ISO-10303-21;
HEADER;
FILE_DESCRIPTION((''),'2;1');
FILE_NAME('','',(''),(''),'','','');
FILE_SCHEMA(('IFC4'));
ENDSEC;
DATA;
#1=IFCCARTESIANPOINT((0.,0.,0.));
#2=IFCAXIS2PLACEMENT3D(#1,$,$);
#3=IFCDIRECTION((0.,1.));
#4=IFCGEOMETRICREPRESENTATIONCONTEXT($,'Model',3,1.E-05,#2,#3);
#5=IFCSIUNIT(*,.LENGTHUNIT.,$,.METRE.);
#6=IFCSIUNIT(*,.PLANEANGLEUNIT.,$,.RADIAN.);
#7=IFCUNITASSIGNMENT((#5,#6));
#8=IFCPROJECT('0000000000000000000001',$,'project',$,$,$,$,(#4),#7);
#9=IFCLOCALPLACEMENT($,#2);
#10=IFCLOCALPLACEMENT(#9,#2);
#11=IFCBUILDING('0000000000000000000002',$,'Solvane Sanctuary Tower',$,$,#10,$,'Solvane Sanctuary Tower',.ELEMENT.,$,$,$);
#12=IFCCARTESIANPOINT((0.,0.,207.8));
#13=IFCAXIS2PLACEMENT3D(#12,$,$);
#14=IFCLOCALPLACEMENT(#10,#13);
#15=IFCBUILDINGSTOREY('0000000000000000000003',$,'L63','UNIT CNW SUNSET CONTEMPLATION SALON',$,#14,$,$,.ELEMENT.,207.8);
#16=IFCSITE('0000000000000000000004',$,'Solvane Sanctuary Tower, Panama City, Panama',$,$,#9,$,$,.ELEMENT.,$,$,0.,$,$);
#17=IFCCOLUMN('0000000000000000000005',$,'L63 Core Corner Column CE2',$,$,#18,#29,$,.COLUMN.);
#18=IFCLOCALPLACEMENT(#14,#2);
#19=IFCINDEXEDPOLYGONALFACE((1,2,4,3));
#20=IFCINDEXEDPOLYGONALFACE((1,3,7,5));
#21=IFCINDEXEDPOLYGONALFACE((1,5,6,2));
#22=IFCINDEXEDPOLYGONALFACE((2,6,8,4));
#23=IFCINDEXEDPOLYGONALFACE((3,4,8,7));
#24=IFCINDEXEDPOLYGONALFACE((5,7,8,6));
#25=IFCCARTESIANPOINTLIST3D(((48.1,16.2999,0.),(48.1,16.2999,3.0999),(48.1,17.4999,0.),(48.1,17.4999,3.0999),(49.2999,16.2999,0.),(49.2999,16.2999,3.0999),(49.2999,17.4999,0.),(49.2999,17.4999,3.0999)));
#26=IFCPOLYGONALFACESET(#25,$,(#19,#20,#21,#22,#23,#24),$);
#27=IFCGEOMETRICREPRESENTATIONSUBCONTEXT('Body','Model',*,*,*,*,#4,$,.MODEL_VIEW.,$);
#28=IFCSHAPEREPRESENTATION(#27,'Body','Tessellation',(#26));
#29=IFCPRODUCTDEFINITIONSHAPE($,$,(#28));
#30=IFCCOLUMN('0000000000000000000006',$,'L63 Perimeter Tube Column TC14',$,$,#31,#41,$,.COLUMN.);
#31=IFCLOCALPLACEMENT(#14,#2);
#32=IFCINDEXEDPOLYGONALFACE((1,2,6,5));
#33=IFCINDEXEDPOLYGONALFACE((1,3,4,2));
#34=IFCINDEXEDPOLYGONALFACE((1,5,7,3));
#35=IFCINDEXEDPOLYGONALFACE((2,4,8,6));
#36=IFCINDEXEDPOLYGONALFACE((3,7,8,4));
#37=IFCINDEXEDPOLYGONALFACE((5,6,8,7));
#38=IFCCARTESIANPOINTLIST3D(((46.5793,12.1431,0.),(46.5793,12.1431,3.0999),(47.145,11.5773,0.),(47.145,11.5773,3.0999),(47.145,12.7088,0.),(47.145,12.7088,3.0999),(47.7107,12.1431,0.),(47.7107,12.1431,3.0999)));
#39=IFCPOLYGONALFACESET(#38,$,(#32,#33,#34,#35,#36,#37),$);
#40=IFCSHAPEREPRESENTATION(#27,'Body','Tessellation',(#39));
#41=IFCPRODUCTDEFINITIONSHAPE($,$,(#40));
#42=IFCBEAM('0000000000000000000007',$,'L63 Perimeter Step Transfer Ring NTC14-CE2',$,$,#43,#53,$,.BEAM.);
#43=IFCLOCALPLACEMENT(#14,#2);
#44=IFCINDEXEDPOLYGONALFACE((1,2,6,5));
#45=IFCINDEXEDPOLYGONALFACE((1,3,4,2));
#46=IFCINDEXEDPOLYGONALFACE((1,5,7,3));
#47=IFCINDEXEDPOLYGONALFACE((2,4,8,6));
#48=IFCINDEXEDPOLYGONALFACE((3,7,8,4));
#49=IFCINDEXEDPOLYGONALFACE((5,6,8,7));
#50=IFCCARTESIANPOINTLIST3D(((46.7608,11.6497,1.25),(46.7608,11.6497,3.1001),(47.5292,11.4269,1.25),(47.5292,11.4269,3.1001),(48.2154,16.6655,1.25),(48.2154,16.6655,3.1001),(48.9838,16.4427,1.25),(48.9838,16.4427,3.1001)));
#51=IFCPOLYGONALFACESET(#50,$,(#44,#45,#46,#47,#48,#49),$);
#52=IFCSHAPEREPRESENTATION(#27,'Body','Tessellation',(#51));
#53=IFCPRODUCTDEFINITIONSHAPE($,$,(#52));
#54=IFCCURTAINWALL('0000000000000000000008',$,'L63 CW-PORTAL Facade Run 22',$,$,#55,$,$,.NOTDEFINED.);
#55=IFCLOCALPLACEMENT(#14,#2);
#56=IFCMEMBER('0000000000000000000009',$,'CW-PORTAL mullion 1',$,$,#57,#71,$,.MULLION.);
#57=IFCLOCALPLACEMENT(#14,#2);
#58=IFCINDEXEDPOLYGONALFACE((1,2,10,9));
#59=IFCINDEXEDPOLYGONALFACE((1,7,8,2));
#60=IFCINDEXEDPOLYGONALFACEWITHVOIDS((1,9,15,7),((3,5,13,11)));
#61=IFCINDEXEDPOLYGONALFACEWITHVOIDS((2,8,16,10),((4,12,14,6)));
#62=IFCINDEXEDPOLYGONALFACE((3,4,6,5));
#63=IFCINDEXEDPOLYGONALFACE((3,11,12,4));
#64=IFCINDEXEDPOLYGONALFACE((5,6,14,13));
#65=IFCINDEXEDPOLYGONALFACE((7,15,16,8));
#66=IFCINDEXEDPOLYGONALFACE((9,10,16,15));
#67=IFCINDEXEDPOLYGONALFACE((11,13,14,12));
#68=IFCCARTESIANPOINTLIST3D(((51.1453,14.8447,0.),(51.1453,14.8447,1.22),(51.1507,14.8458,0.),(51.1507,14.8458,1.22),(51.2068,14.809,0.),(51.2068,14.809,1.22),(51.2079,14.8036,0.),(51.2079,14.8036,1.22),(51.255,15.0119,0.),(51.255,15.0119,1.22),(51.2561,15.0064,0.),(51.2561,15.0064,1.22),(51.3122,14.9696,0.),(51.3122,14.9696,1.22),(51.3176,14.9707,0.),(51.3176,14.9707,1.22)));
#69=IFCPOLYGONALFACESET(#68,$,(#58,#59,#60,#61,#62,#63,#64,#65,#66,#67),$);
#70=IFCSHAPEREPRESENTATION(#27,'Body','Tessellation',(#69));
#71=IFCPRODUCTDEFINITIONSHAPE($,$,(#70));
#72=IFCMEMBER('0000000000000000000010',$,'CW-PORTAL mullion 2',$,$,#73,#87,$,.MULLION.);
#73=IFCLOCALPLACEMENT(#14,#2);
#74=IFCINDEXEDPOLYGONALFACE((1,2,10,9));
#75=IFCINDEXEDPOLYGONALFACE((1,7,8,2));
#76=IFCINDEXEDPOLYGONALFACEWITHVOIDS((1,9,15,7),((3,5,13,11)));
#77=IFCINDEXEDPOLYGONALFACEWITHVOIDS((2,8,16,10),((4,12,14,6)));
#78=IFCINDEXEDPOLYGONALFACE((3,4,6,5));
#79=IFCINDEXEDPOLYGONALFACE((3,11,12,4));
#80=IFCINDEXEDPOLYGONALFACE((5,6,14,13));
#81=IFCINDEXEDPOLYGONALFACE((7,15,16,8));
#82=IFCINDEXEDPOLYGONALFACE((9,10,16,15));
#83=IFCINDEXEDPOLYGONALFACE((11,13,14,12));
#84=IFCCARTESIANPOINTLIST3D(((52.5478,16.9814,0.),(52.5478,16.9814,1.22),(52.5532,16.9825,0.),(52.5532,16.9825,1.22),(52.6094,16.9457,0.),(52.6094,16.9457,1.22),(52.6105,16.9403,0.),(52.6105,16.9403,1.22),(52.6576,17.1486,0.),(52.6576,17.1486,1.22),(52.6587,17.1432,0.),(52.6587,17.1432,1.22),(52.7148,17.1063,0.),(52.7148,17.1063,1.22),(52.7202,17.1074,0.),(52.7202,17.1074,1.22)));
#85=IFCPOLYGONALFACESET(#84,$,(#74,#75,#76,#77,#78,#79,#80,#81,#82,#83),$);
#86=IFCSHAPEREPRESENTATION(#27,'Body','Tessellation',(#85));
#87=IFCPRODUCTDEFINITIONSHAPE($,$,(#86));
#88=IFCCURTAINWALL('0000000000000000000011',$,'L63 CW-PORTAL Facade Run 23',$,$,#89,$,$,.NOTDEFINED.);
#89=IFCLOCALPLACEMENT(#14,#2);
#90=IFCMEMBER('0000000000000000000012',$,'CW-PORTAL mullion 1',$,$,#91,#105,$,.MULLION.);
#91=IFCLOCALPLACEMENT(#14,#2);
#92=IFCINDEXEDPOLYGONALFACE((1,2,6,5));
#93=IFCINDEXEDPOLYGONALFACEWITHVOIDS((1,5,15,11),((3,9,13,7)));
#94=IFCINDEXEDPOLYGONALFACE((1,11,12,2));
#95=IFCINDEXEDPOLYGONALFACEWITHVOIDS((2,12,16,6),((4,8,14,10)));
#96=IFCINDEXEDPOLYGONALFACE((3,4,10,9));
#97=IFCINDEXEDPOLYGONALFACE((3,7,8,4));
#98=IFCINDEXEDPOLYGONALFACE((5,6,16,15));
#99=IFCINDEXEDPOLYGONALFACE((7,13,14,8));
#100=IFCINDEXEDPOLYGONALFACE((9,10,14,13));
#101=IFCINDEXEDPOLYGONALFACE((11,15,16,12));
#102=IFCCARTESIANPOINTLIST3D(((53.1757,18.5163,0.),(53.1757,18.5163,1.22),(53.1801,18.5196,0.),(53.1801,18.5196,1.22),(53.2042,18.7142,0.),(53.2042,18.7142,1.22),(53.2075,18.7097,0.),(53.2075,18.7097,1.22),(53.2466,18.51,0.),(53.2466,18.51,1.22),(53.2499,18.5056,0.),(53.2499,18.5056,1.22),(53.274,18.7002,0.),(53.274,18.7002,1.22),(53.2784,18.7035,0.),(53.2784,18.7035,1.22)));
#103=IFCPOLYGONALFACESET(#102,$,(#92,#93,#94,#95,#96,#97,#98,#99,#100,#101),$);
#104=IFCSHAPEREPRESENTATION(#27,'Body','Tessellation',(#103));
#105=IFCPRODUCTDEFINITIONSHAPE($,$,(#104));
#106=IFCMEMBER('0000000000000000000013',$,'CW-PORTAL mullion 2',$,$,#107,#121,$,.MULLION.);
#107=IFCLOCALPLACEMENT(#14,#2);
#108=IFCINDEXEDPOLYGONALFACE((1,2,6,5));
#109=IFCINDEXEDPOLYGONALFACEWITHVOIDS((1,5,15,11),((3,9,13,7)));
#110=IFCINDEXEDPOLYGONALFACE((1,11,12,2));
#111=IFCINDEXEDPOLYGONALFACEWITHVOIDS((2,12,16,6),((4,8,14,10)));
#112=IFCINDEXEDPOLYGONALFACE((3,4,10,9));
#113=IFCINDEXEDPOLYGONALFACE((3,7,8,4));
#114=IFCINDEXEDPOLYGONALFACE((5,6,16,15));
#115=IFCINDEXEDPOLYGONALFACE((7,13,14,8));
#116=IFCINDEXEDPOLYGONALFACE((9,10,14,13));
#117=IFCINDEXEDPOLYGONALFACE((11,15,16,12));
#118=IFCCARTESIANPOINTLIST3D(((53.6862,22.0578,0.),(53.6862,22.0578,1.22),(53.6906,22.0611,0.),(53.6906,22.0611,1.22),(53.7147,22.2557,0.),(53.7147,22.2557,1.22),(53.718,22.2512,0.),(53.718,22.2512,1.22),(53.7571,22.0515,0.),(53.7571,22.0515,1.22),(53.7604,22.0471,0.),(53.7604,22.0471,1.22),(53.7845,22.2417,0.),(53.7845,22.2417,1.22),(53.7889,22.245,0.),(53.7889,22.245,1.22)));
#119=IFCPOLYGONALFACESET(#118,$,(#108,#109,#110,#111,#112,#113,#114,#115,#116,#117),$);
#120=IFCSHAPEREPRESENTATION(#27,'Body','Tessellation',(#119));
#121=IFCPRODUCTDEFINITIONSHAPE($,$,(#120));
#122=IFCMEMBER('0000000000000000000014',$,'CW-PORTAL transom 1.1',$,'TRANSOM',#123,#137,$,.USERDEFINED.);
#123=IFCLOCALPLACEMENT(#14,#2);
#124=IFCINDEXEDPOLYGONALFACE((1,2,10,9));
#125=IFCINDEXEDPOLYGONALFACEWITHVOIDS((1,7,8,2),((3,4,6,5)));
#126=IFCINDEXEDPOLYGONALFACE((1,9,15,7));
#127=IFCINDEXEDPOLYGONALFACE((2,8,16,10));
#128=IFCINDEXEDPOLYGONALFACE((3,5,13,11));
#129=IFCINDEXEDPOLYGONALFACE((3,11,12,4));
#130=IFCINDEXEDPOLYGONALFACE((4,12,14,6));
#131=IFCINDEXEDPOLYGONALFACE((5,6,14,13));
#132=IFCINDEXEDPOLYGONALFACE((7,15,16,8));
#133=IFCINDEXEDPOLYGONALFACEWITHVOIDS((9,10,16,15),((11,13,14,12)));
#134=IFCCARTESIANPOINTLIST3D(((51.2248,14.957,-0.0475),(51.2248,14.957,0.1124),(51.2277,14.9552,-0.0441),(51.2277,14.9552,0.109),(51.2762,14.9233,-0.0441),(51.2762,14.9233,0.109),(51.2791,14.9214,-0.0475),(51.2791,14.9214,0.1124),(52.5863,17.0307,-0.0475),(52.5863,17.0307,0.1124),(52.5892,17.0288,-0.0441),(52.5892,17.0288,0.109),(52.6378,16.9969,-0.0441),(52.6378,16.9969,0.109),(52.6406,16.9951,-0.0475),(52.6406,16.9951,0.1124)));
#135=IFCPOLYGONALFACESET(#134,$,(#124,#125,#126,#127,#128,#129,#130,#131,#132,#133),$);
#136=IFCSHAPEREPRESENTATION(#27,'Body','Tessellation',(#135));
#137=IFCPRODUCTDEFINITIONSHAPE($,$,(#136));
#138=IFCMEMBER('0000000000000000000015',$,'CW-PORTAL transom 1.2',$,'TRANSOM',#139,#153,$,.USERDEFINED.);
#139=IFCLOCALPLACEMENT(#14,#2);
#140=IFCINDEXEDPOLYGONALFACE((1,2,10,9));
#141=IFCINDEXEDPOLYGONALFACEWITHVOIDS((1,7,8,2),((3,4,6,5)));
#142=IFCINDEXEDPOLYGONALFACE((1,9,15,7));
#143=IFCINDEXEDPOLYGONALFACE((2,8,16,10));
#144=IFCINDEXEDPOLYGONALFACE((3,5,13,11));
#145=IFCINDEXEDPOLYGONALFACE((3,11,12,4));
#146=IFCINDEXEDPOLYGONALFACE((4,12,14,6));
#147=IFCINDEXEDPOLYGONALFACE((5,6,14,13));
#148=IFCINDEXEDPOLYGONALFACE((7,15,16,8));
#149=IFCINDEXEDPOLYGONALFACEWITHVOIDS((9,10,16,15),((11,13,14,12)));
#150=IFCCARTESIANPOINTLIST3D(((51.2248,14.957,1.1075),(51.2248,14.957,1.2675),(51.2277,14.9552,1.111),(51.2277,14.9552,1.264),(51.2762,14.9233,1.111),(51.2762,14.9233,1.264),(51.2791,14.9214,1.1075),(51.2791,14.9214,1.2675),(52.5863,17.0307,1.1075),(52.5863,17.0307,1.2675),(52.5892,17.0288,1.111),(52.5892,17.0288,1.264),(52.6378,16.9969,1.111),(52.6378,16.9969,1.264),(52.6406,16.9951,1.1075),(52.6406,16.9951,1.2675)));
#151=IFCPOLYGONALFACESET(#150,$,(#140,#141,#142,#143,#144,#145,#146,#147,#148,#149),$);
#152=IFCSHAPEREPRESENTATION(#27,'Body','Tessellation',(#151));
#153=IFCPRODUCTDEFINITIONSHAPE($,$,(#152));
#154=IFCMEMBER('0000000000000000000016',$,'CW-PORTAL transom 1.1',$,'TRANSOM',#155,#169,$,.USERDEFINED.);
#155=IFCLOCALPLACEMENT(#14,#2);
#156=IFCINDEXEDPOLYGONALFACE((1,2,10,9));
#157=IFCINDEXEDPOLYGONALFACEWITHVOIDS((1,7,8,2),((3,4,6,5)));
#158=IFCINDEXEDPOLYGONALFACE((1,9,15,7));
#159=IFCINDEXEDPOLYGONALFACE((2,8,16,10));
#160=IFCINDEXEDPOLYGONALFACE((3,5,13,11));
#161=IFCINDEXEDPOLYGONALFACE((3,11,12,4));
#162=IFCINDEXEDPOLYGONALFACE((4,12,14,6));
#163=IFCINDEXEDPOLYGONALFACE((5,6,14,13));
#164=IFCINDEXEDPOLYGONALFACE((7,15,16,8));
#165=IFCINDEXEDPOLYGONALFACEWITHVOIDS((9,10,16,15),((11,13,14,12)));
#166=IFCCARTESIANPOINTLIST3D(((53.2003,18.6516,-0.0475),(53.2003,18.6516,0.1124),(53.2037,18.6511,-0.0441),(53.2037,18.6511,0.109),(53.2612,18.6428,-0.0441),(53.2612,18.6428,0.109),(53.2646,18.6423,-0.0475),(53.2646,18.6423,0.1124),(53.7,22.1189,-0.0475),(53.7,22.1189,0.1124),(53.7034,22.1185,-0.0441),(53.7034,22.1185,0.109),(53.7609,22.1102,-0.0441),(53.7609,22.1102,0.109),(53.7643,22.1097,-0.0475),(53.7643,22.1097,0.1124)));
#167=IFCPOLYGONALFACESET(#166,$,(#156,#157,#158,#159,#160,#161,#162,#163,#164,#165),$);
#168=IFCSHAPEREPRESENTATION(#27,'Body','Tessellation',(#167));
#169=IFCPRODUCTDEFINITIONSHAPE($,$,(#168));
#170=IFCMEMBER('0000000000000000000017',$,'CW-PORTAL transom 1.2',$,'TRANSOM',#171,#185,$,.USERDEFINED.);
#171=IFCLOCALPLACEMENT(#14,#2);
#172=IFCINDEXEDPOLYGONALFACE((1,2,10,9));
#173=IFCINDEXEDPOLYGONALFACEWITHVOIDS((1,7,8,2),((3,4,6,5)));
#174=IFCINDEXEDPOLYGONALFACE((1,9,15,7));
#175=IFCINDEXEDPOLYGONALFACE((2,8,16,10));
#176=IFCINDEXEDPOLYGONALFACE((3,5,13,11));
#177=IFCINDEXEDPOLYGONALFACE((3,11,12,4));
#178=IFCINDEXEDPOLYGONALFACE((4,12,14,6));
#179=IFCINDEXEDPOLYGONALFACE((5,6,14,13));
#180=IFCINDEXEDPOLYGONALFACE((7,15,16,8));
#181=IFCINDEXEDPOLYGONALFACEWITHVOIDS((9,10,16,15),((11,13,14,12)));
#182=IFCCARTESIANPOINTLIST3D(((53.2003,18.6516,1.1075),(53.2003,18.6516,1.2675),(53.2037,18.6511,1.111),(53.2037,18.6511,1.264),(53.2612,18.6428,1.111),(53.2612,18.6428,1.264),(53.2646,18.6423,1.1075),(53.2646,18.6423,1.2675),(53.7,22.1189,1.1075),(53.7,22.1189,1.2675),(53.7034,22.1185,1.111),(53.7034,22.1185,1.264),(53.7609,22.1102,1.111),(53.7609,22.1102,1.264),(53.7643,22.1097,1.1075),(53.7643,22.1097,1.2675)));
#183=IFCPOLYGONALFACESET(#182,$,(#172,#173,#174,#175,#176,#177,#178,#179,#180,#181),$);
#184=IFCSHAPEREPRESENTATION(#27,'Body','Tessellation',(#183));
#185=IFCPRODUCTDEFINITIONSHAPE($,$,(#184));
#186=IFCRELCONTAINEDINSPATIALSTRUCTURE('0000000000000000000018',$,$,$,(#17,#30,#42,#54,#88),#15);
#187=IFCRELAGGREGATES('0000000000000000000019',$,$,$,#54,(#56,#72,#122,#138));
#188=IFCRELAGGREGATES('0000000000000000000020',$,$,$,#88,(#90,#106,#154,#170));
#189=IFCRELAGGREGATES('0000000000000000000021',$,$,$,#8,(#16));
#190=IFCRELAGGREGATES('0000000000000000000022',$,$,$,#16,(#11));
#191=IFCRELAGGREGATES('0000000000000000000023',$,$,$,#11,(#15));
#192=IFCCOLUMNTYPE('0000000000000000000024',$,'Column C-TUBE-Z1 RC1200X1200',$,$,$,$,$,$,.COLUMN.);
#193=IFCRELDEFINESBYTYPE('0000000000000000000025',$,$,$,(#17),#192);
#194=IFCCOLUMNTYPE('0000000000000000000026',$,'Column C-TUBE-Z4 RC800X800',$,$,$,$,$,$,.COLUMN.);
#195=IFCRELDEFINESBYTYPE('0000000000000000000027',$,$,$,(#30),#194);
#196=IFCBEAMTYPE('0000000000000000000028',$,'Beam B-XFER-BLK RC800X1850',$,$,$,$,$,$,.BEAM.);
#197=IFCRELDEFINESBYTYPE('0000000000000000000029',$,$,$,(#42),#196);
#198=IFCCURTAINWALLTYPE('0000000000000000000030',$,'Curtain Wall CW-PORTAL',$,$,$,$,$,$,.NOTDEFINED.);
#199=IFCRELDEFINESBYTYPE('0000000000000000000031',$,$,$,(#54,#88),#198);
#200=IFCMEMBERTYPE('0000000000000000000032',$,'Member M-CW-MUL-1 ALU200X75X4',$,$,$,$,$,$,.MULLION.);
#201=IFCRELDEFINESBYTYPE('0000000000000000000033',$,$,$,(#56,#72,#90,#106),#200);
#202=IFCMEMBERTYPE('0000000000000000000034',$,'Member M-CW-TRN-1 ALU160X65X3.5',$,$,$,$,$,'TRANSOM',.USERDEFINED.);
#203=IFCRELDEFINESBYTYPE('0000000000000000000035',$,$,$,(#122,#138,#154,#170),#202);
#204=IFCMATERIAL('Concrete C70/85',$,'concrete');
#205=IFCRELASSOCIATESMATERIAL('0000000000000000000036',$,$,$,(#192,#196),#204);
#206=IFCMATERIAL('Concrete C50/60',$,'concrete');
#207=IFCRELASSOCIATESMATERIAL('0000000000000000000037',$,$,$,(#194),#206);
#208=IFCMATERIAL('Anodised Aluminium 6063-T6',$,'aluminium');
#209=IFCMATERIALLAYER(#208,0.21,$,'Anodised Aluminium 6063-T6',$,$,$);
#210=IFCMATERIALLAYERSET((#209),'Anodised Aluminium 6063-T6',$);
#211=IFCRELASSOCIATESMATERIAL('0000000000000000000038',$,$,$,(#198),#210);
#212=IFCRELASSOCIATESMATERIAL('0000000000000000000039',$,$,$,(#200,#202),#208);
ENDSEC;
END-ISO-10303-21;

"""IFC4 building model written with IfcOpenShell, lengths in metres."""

from ifc_helpers import new_model, si_unit, direction, frame, origin, origin_2d, place, context, subcontext, project, spatial, rectangle, hollow_rectangle, extrude, material, layer, layer_set, material_profile, profile_set, type_object, element, aggregate, save


model = new_model("IFC4")

# Units and contexts
model_context = context("Model", 3, precision=1e-05, world=origin(), true_north=direction((0.0, 1.0)))
body_context = subcontext(model_context, "Body", "Model", "MODEL_VIEW")
ifc_project = project(units=[si_unit("LENGTHUNIT", "METRE"), si_unit("PLANEANGLEUNIT", "RADIAN")], contexts=[model_context])

# Site, building, storey
site_placement = place(None, origin())
site = spatial("IfcSite", under=ifc_project, at=site_placement, Name="Solvane Sanctuary Tower, Panama City, Panama", CompositionType="ELEMENT", RefElevation=0.0)
building_placement = place(site_placement, origin())
building = spatial("IfcBuilding", under=site, at=building_placement, Name="Solvane Sanctuary Tower", LongName="Solvane Sanctuary Tower", CompositionType="ELEMENT")
storey_placement = place(building_placement, frame((0.0, 0.0, 207.8)))
storey = spatial("IfcBuildingStorey", under=building, at=storey_placement, Name="L63", Description="UNIT CNW SUNSET CONTEMPLATION SALON", CompositionType="ELEMENT", Elevation=207.8)

# Columns
ifc_material_1 = material(Name="Concrete C70/85", Category="concrete")
ifc_material_profile_1 = material_profile(ifc_material_1, rectangle(XDim=1.2, YDim=1.2, at=origin_2d()), Name="RC1200X1200")
ifc_profile_set_1 = profile_set([ifc_material_profile_1], Name="Concrete C70/85")
column_type_1 = type_object("IfcColumnType", Name="Column C-TUBE-Z1 RC1200X1200", PredefinedType="COLUMN", material=ifc_profile_set_1)
column_1_placement = place(storey_placement, frame((48.7, 16.8999, 0.0), z_axis=(0.0, 0.0, 1.0), x_axis=(1.0, 0.0, 0.0)))
element("IfcColumn", 1, at=column_1_placement, inside=storey, type_object=column_type_1, Name="L63 Core Corner Column CE2", PredefinedType="COLUMN", context=body_context, shape_type="SweptSolid", body=[
    extrude(rectangle(XDim=1.2, YDim=1.2, at=origin_2d()), origin(), (0.0, 0.0, 1.0), 3.0999),
])
ifc_material_2 = material(Name="Concrete C50/60", Category="concrete")
ifc_material_profile_2 = material_profile(ifc_material_2, rectangle(XDim=0.8, YDim=0.8, at=origin_2d()), Name="RC800X800")
ifc_profile_set_2 = profile_set([ifc_material_profile_2], Name="Concrete C50/60")
column_type_2 = type_object("IfcColumnType", Name="Column C-TUBE-Z4 RC800X800", PredefinedType="COLUMN", material=ifc_profile_set_2)
column_2_placement = place(storey_placement, frame((47.145, 12.1431, 0.0), z_axis=(0.0, 0.0, 1.0), x_axis=(0.707107, -0.707107, 0.0)))
element("IfcColumn", 2, at=column_2_placement, inside=storey, type_object=column_type_2, Name="L63 Perimeter Tube Column TC14", PredefinedType="COLUMN", context=body_context, shape_type="SweptSolid", body=[
    extrude(rectangle(XDim=0.8, YDim=0.8, at=origin_2d()), origin(), (0.0, 0.0, 1.0), 3.0999),
])

# Beam
ifc_material_profile_3 = material_profile(ifc_material_1, rectangle(XDim=0.8, YDim=1.8501, at=origin_2d()), Name="RC800X1850")
ifc_profile_set_3 = profile_set([ifc_material_profile_3], Name="Concrete C70/85")
beam_type = type_object("IfcBeamType", Name="Beam B-XFER-BLK RC800X1850", PredefinedType="BEAM", material=ifc_profile_set_3)
beam_placement = place(storey_placement, frame((47.145, 11.5383, 2.175), z_axis=(0.278522, 0.96043, 0.0), x_axis=(-0.96043, 0.278522, 0.0)))
element("IfcBeam", 3, at=beam_placement, inside=storey, type_object=beam_type, Name="L63 Perimeter Step Transfer Ring NTC14-CE2", PredefinedType="BEAM", context=body_context, shape_type="SweptSolid", body=[
    extrude(rectangle(XDim=0.8, YDim=1.8501, at=origin_2d()), origin(), (0.0, 0.0, 1.0), 5.2224),
])

# Curtain walls, members
ifc_material_3 = material(Name="Anodised Aluminium 6063-T6", Category="aluminium")
ifc_layer_1 = layer(ifc_material_3, 0.21, Name="Anodised Aluminium 6063-T6")
ifc_layer_set_1 = layer_set([ifc_layer_1], Name="Anodised Aluminium 6063-T6")
curtain_wall_type = type_object("IfcCurtainWallType", Name="Curtain Wall CW-PORTAL", PredefinedType="NOTDEFINED", material=ifc_layer_set_1)
curtain_wall_1_placement = place(storey_placement, origin())
curtain_wall_1 = element("IfcCurtainWall", 4, at=curtain_wall_1_placement, inside=storey, type_object=curtain_wall_type, Name="L63 CW-PORTAL Facade Run 22", PredefinedType="NOTDEFINED")
ifc_material_profile_4 = material_profile(ifc_material_3, hollow_rectangle(XDim=0.075, YDim=0.2, WallThickness=0.0039, at=origin_2d()), Name="ALU200X75X4")
ifc_profile_set_4 = profile_set([ifc_material_profile_4], Name="Anodised Aluminium 6063-T6")
member_type_1 = type_object("IfcMemberType", Name="Member M-CW-MUL-1 ALU200X75X4", PredefinedType="MULLION", material=ifc_profile_set_4)
member_1_placement = place(storey_placement, frame((51.2314, 14.9077, 0.0), z_axis=(0.0, 0.0, 1.0), x_axis=(-0.835959, 0.548792, 0.0)))
member_1 = element("IfcMember", 5, at=member_1_placement, type_object=member_type_1, Name="CW-PORTAL mullion 1", PredefinedType="MULLION", context=body_context, shape_type="SweptSolid", body=[
    extrude(hollow_rectangle(XDim=0.075, YDim=0.2, WallThickness=0.0039, at=origin_2d()), origin(), (0.0, 0.0, 1.0), 1.22),
])
member_2_placement = place(storey_placement, frame((52.634, 17.0444, 0.0), z_axis=(0.0, 0.0, 1.0), x_axis=(-0.835959, 0.548792, 0.0)))
member_2 = element("IfcMember", 6, at=member_2_placement, type_object=member_type_1, Name="CW-PORTAL mullion 2", PredefinedType="MULLION", context=body_context, shape_type="SweptSolid", body=[
    extrude(hollow_rectangle(XDim=0.075, YDim=0.2, WallThickness=0.0039, at=origin_2d()), origin(), (0.0, 0.0, 1.0), 1.22),
])
curtain_wall_2_placement = place(storey_placement, origin())
curtain_wall_2 = element("IfcCurtainWall", 7, at=curtain_wall_2_placement, inside=storey, type_object=curtain_wall_type, Name="L63 CW-PORTAL Facade Run 23", PredefinedType="NOTDEFINED")
member_3_placement = place(storey_placement, frame((53.2271, 18.6099, 0.0), z_axis=(0.0, 0.0, 1.0), x_axis=(-0.989765, 0.142705, 0.0)))
member_3 = element("IfcMember", 8, at=member_3_placement, type_object=member_type_1, Name="CW-PORTAL mullion 1", PredefinedType="MULLION", context=body_context, shape_type="SweptSolid", body=[
    extrude(hollow_rectangle(XDim=0.075, YDim=0.2, WallThickness=0.0039, at=origin_2d()), origin(), (0.0, 0.0, 1.0), 1.22),
])
member_4_placement = place(storey_placement, frame((53.7375, 22.1514, 0.0), z_axis=(0.0, 0.0, 1.0), x_axis=(-0.989765, 0.142705, 0.0)))
member_4 = element("IfcMember", 9, at=member_4_placement, type_object=member_type_1, Name="CW-PORTAL mullion 2", PredefinedType="MULLION", context=body_context, shape_type="SweptSolid", body=[
    extrude(hollow_rectangle(XDim=0.075, YDim=0.2, WallThickness=0.0039, at=origin_2d()), origin(), (0.0, 0.0, 1.0), 1.22),
])

# Members
ifc_material_profile_5 = material_profile(ifc_material_3, hollow_rectangle(XDim=0.0649, YDim=0.1599, WallThickness=0.0034, at=origin_2d()), Name="ALU160X65X3.5")
ifc_profile_set_5 = profile_set([ifc_material_profile_5], Name="Anodised Aluminium 6063-T6")
member_type_2 = type_object("IfcMemberType", Name="Member M-CW-TRN-1 ALU160X65X3.5", ElementType="TRANSOM", PredefinedType="USERDEFINED", material=ifc_profile_set_5)
member_5_placement = place(storey_placement, frame((51.252, 14.9392, 0.0325), z_axis=(0.54885, 0.835921, 0.0), x_axis=(-0.835921, 0.54885, 0.0)))
member_5 = element("IfcMember", 10, at=member_5_placement, type_object=member_type_2, Name="CW-PORTAL transom 1.1", ObjectType="TRANSOM", PredefinedType="USERDEFINED", context=body_context, shape_type="SweptSolid", body=[
    extrude(hollow_rectangle(XDim=0.0649, YDim=0.1599, WallThickness=0.0034, at=origin_2d()), origin(), (0.0, 0.0, 1.0), 2.4807),
])
member_6_placement = place(storey_placement, frame((51.252, 14.9392, 1.1875), z_axis=(0.54885, 0.835921, 0.0), x_axis=(-0.835921, 0.54885, 0.0)))
member_6 = element("IfcMember", 11, at=member_6_placement, type_object=member_type_2, Name="CW-PORTAL transom 1.2", ObjectType="TRANSOM", PredefinedType="USERDEFINED", context=body_context, shape_type="SweptSolid", body=[
    extrude(hollow_rectangle(XDim=0.0649, YDim=0.1599, WallThickness=0.0034, at=origin_2d()), origin(), (0.0, 0.0, 1.0), 2.4807),
])
member_7_placement = place(storey_placement, frame((53.2324, 18.647, 0.0325), z_axis=(0.14266, 0.989772, 0.0), x_axis=(-0.989772, 0.14266, 0.0)))
member_7 = element("IfcMember", 12, at=member_7_placement, type_object=member_type_2, Name="CW-PORTAL transom 1.1", ObjectType="TRANSOM", PredefinedType="USERDEFINED", context=body_context, shape_type="SweptSolid", body=[
    extrude(hollow_rectangle(XDim=0.0649, YDim=0.1599, WallThickness=0.0034, at=origin_2d()), origin(), (0.0, 0.0, 1.0), 3.5032),
])
member_8_placement = place(storey_placement, frame((53.2324, 18.647, 1.1875), z_axis=(0.14266, 0.989772, 0.0), x_axis=(-0.989772, 0.14266, 0.0)))
member_8 = element("IfcMember", 13, at=member_8_placement, type_object=member_type_2, Name="CW-PORTAL transom 1.2", ObjectType="TRANSOM", PredefinedType="USERDEFINED", context=body_context, shape_type="SweptSolid", body=[
    extrude(hollow_rectangle(XDim=0.0649, YDim=0.1599, WallThickness=0.0034, at=origin_2d()), origin(), (0.0, 0.0, 1.0), 3.5032),
])

aggregate(curtain_wall_1, [member_1, member_2, member_5, member_6])
aggregate(curtain_wall_2, [member_3, member_4, member_7, member_8])

save(model, "model.ifc")
